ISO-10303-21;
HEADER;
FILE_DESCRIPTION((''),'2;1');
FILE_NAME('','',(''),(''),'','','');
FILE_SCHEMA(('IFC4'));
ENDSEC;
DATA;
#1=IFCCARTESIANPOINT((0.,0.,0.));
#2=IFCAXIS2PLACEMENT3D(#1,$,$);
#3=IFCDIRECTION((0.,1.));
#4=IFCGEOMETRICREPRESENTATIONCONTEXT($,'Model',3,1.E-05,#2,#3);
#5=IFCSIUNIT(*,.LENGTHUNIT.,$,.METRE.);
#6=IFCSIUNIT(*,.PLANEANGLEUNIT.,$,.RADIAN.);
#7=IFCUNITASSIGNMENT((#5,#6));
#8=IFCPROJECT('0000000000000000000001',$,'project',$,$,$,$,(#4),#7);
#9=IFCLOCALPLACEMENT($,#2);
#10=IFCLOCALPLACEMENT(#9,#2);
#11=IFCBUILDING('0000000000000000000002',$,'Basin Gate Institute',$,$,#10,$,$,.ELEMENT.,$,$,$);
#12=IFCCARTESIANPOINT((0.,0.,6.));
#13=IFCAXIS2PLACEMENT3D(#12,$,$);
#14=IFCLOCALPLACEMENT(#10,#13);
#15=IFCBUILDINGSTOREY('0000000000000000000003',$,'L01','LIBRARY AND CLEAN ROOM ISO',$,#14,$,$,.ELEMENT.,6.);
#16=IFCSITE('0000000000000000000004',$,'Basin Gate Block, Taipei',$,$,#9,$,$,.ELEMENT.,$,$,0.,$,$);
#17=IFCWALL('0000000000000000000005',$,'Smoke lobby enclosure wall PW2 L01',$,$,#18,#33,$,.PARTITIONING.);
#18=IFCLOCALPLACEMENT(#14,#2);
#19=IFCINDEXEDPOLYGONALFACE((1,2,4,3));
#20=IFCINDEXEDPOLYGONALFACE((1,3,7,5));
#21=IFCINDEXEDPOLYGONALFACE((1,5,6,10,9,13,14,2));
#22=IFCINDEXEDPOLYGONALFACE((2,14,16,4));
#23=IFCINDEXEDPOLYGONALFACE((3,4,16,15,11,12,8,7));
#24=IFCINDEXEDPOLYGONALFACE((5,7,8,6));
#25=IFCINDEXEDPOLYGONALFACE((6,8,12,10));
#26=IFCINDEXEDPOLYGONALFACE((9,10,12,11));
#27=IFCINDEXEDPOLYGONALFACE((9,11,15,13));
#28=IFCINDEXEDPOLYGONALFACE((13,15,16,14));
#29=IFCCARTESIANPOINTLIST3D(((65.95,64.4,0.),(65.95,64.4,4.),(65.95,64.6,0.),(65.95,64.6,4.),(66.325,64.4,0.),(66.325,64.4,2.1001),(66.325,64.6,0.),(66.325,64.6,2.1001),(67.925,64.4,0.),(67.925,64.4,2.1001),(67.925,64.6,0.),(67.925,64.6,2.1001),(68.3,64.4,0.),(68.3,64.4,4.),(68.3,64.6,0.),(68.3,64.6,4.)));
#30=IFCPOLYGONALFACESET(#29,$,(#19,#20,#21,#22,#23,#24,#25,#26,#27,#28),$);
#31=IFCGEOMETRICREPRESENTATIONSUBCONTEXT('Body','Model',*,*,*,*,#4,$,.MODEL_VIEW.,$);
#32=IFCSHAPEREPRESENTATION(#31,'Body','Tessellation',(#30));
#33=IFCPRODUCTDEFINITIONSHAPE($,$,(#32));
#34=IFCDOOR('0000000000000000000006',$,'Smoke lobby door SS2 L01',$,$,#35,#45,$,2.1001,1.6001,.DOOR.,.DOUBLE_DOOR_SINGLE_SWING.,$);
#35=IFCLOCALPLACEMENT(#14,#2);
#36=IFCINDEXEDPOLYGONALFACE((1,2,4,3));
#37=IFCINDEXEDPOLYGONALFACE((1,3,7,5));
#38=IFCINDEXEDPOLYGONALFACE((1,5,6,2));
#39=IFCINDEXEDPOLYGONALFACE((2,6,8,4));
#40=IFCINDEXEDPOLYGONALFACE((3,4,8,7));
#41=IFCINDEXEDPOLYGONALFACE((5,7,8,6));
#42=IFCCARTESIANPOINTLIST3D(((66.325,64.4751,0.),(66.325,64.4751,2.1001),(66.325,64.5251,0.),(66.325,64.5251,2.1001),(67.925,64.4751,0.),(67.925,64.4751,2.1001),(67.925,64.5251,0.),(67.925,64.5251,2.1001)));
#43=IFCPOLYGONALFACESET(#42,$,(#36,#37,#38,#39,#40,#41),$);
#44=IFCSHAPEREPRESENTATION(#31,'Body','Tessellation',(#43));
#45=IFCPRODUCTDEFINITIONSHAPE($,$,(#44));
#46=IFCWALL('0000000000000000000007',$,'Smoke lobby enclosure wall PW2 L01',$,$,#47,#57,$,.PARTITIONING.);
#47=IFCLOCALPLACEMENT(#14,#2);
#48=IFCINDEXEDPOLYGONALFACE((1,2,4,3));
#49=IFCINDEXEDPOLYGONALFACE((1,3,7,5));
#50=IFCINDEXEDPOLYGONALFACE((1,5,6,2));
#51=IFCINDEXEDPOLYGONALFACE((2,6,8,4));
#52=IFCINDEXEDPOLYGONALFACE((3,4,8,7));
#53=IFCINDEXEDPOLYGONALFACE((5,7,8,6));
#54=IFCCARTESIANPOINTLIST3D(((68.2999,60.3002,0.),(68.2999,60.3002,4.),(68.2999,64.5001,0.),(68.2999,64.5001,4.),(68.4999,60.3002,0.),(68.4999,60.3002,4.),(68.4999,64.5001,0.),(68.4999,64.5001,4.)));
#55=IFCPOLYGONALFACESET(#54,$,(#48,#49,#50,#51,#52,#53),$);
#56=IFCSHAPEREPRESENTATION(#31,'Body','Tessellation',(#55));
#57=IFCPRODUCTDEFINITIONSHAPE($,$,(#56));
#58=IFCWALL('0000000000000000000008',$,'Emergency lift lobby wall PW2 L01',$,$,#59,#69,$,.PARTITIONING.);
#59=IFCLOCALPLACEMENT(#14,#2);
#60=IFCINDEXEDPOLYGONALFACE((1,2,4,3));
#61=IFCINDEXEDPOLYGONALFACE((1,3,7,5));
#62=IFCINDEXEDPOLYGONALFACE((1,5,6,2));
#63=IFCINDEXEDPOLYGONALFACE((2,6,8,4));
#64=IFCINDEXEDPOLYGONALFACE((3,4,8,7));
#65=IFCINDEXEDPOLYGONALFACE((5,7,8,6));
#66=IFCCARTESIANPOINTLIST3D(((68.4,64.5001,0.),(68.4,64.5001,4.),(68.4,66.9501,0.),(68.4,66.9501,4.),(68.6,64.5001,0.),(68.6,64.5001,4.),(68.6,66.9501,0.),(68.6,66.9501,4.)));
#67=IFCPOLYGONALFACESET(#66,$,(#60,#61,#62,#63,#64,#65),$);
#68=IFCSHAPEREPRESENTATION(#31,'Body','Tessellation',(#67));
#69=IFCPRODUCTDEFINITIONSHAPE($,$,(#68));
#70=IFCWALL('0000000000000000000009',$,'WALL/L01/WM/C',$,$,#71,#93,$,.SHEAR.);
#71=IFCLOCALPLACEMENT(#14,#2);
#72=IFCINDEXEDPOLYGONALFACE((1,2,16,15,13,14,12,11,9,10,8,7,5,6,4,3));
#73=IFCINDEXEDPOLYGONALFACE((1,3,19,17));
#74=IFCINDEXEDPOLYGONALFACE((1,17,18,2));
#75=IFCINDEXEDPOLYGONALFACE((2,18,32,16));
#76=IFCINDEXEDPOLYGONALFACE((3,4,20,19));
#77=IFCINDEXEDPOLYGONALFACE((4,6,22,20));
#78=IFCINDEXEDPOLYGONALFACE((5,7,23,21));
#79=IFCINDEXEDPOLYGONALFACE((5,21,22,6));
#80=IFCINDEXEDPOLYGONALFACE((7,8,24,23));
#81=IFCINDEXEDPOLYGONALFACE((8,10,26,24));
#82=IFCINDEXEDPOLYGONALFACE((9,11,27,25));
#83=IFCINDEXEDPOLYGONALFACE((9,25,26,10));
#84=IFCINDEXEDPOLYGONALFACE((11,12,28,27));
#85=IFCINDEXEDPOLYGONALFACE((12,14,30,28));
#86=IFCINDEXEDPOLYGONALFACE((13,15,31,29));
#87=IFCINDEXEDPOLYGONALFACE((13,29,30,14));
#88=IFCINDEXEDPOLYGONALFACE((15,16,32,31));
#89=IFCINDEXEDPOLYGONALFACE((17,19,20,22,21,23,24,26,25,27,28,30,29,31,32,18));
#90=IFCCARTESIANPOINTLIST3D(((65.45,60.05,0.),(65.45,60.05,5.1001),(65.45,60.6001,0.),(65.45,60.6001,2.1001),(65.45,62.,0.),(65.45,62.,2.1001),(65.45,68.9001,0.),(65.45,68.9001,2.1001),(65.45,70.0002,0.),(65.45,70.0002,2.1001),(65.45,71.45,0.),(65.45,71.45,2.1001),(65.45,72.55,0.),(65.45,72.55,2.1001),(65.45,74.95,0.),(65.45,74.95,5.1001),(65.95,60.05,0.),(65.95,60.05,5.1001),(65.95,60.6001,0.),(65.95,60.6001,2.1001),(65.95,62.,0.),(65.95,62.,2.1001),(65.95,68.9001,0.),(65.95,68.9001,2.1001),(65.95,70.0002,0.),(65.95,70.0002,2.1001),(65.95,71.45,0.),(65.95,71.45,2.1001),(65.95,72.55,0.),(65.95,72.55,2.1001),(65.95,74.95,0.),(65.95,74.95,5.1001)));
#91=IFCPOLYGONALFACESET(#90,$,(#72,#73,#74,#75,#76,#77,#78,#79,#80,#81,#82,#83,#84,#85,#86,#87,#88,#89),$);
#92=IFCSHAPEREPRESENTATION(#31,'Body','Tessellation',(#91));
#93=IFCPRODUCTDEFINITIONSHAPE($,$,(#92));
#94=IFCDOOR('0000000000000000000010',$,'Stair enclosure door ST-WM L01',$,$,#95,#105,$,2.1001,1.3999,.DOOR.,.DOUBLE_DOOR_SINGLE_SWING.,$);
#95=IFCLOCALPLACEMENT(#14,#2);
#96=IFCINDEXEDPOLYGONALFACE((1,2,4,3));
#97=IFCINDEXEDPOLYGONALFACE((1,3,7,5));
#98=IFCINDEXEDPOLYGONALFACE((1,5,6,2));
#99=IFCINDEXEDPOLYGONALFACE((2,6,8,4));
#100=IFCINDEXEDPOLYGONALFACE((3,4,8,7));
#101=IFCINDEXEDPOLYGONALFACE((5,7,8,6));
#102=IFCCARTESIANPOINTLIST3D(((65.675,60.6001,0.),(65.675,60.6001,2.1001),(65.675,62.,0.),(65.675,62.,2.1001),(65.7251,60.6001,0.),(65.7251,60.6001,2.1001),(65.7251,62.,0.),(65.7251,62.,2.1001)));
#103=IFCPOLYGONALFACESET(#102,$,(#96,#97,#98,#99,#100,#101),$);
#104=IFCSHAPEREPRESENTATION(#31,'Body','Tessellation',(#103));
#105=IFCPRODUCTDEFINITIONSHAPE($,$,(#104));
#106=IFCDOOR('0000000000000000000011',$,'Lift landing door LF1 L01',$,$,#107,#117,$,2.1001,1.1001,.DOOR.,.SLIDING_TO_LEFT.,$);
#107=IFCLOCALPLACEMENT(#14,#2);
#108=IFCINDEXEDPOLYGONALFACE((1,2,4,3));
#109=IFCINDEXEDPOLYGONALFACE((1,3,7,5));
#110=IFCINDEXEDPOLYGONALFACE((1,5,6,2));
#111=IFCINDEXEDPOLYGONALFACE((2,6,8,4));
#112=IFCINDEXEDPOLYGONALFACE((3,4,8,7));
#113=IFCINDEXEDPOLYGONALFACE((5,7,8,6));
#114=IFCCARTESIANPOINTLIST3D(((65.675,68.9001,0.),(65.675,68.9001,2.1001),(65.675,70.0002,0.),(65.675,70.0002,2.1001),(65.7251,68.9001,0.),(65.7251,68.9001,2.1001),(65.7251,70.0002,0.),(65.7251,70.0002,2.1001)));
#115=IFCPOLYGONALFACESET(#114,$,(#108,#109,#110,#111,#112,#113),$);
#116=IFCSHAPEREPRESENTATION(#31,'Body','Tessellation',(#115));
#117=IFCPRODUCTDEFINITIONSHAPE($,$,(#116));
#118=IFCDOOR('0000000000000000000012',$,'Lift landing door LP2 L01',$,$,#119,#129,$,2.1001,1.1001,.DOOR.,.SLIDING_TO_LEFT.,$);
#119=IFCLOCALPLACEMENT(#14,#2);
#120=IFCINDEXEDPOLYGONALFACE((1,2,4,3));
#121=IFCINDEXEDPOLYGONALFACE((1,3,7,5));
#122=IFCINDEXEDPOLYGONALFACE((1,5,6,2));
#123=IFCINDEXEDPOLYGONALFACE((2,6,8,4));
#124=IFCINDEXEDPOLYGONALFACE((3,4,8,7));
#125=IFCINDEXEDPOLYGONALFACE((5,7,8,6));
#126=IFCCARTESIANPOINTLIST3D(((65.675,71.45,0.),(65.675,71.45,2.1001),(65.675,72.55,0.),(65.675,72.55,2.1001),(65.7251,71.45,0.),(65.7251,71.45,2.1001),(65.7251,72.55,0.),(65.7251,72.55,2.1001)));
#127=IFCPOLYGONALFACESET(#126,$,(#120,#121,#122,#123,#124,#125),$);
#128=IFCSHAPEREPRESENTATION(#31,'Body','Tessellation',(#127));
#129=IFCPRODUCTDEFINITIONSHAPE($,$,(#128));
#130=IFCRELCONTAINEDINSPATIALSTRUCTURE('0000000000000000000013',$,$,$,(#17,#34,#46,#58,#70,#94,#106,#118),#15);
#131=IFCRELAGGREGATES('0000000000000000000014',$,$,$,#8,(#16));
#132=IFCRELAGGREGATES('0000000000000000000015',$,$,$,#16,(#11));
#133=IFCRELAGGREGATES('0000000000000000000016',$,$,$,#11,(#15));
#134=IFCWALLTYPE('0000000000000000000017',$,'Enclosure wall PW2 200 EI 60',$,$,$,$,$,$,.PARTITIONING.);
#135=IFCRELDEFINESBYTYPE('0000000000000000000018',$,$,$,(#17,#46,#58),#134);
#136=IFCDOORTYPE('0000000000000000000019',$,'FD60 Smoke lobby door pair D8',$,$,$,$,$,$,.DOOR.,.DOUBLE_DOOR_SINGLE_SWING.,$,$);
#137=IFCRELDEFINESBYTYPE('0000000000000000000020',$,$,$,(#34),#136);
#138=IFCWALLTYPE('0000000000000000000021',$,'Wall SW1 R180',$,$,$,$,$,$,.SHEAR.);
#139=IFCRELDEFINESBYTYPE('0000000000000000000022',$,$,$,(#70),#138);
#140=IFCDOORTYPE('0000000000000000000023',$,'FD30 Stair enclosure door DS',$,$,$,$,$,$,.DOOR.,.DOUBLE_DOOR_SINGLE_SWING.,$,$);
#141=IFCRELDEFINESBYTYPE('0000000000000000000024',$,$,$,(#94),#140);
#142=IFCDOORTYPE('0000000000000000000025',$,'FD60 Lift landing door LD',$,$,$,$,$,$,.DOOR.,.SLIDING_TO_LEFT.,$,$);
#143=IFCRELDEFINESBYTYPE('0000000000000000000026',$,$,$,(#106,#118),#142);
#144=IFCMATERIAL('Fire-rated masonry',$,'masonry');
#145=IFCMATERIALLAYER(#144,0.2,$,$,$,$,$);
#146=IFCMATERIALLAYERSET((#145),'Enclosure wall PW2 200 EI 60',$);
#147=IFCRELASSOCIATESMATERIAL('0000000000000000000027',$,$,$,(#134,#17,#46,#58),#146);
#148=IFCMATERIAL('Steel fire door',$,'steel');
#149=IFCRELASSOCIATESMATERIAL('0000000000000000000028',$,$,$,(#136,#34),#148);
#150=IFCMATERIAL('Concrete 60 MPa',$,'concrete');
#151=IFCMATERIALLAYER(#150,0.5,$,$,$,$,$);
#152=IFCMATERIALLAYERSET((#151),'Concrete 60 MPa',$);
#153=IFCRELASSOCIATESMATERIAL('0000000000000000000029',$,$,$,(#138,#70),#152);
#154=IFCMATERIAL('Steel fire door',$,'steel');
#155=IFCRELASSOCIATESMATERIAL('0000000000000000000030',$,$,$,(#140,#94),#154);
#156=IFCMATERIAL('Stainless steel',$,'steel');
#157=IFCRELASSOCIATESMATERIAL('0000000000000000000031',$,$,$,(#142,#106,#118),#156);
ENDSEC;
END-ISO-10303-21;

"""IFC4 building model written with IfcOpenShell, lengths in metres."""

from ifc_helpers import new_model, si_unit, direction, frame, frame_2d, origin, place, context, subcontext, project, spatial, rectangle, extrude, material, layer, layer_set, type_object, element, fill, save


model = new_model("IFC4")

# Units and contexts
model_context = context("Model", 3, precision=1e-05, world=origin(), true_north=direction((0.0, 1.0)))
body_context = subcontext(model_context, "Body", "Model", "MODEL_VIEW")
ifc_project = project(units=[si_unit("LENGTHUNIT", "METRE"), si_unit("PLANEANGLEUNIT", "RADIAN")], contexts=[model_context])

# Site, building, storey
site_placement = place(None, origin())
site = spatial("IfcSite", under=ifc_project, at=site_placement, Name="Basin Gate Block, Taipei", CompositionType="ELEMENT", RefElevation=0.0)
building_placement = place(site_placement, origin())
building = spatial("IfcBuilding", under=site, at=building_placement, Name="Basin Gate Institute", CompositionType="ELEMENT")
storey_placement = place(building_placement, frame((0.0, 0.0, 6.0)))
storey = spatial("IfcBuildingStorey", under=building, at=storey_placement, Name="L01", Description="LIBRARY AND CLEAN ROOM ISO", CompositionType="ELEMENT", Elevation=6.0)

# Wall, opening, door
ifc_material_1 = material(Name="Fire-rated masonry", Category="masonry")
ifc_layer_1 = layer(ifc_material_1, 0.2)
ifc_layer_set_1 = layer_set([ifc_layer_1], Name="Enclosure wall PW2 200 EI 60")
wall_type_1 = type_object("IfcWallType", Name="Enclosure wall PW2 200 EI 60", PredefinedType="PARTITIONING", material=ifc_layer_set_1)
ifc_material_2 = material(Name="Steel fire door", Category="steel")
door_type_1 = type_object("IfcDoorType", Name="FD60 Smoke lobby door pair D8", OperationType="DOUBLE_DOOR_SINGLE_SWING", PredefinedType="DOOR", material=ifc_material_2)
wall_1_placement = place(storey_placement, frame((65.95, 64.5, 0.0), z_axis=(0.0, 0.0, 1.0), x_axis=(1.0, 0.0, 0.0)))
wall_1 = element("IfcWall", 1, at=wall_1_placement, inside=storey, type_object=wall_type_1, material=ifc_layer_set_1, Name="Smoke lobby enclosure wall PW2 L01", PredefinedType="PARTITIONING", context=body_context, shape_type="SweptSolid", body=[
    extrude(rectangle(XDim=2.3501, YDim=0.2, at=frame_2d((1.175, 0.0))), origin(), (0.0, 0.0, 1.0), 4.0),
])
opening_1_placement = place(wall_1_placement, frame((0.375, 0.0, 0.0)))
opening_1 = element("IfcOpeningElement", 2, at=opening_1_placement, cuts=wall_1, PredefinedType="OPENING", context=body_context, shape_type="SweptSolid", body=[
    extrude(rectangle(XDim=1.6001, YDim=2.1001, at=frame_2d((0.8, 1.05))), frame((0.0, 0.1099, 0.0), z_axis=(0.0, -1.0, 0.0), x_axis=(1.0, 0.0, 0.0)), (0.0, 0.0, 1.0), 0.22),
])
door_1_placement = place(opening_1_placement, frame((1.6001, 0.0, 0.0), z_axis=(0.0, 0.0, 1.0), x_axis=(-1.0, 0.0, 0.0)))
door_1 = element("IfcDoor", 3, at=door_1_placement, inside=storey, type_object=door_type_1, material=ifc_material_2, Name="Smoke lobby door SS2 L01", OperationType="DOUBLE_DOOR_SINGLE_SWING", OverallHeight=2.1001, OverallWidth=1.6001, PredefinedType="DOOR", context=body_context, shape_type="SweptSolid", body=[
    extrude(rectangle(XDim=1.6001, YDim=2.1001, at=frame_2d((0.8, 1.05))), frame((0.0, 0.0249, 0.0), z_axis=(0.0, -1.0, 0.0), x_axis=(1.0, 0.0, 0.0)), (0.0, 0.0, 1.0), 0.05),
])
fill(opening_1, door_1)

# Walls
wall_2_placement = place(storey_placement, frame((68.3999, 60.3, 0.0), z_axis=(0.0, 0.0, 1.0), x_axis=(0.0, 1.0, 0.0)))
element("IfcWall", 4, at=wall_2_placement, inside=storey, type_object=wall_type_1, material=ifc_layer_set_1, Name="Smoke lobby enclosure wall PW2 L01", PredefinedType="PARTITIONING", context=body_context, shape_type="SweptSolid", body=[
    extrude(rectangle(XDim=4.2, YDim=0.2, at=frame_2d((2.1001, 0.0))), origin(), (0.0, 0.0, 1.0), 4.0),
])
wall_3_placement = place(storey_placement, frame((68.5, 64.5, 0.0), z_axis=(0.0, 0.0, 1.0), x_axis=(0.0, 1.0, 0.0)))
element("IfcWall", 5, at=wall_3_placement, inside=storey, type_object=wall_type_1, material=ifc_layer_set_1, Name="Emergency lift lobby wall PW2 L01", PredefinedType="PARTITIONING", context=body_context, shape_type="SweptSolid", body=[
    extrude(rectangle(XDim=2.45, YDim=0.2, at=frame_2d((1.2251, 0.0))), origin(), (0.0, 0.0, 1.0), 4.0),
])

# Wall, openings, doors
ifc_material_3 = material(Name="Concrete 60 MPa", Category="concrete")
ifc_layer_2 = layer(ifc_material_3, 0.5)
ifc_layer_set_2 = layer_set([ifc_layer_2], Name="Concrete 60 MPa")
wall_type_2 = type_object("IfcWallType", Name="Wall SW1 R180", PredefinedType="SHEAR", material=ifc_layer_set_2)
wall_4_placement = place(storey_placement, frame((65.7, 60.05, 0.0), z_axis=(0.0, 0.0, 1.0), x_axis=(0.0, 1.0, 0.0)))
wall_4 = element("IfcWall", 6, at=wall_4_placement, inside=storey, type_object=wall_type_2, material=ifc_layer_set_2, Name="WALL/L01/WM/C", PredefinedType="SHEAR", context=body_context, shape_type="SweptSolid", body=[
    extrude(rectangle(XDim=14.8999, YDim=0.5, at=frame_2d((7.45, 0.0))), origin(), (0.0, 0.0, 1.0), 5.1001),
])
opening_2_placement = place(wall_4_placement, frame((0.55, 0.0, 0.0)))
opening_2 = element("IfcOpeningElement", 7, at=opening_2_placement, cuts=wall_4, PredefinedType="OPENING", context=body_context, shape_type="SweptSolid", body=[
    extrude(rectangle(XDim=1.3999, YDim=2.1001, at=frame_2d((0.7, 1.05))), frame((0.0, 0.26, 0.0), z_axis=(0.0, -1.0, 0.0), x_axis=(1.0, 0.0, 0.0)), (0.0, 0.0, 1.0), 0.52),
])
opening_3_placement = place(wall_4_placement, frame((8.8501, 0.0, 0.0)))
opening_3 = element("IfcOpeningElement", 8, at=opening_3_placement, cuts=wall_4, PredefinedType="OPENING", context=body_context, shape_type="SweptSolid", body=[
    extrude(rectangle(XDim=1.1001, YDim=2.1001, at=frame_2d((0.55, 1.05))), frame((0.0, 0.26, 0.0), z_axis=(0.0, -1.0, 0.0), x_axis=(1.0, 0.0, 0.0)), (0.0, 0.0, 1.0), 0.52),
])
opening_4_placement = place(wall_4_placement, frame((11.3999, 0.0, 0.0)))
opening_4 = element("IfcOpeningElement", 9, at=opening_4_placement, cuts=wall_4, PredefinedType="OPENING", context=body_context, shape_type="SweptSolid", body=[
    extrude(rectangle(XDim=1.1001, YDim=2.1001, at=frame_2d((0.55, 1.05))), frame((0.0, 0.26, 0.0), z_axis=(0.0, -1.0, 0.0), x_axis=(1.0, 0.0, 0.0)), (0.0, 0.0, 1.0), 0.52),
])
ifc_material_4 = material(Name="Steel fire door", Category="steel")
door_type_2 = type_object("IfcDoorType", Name="FD30 Stair enclosure door DS", OperationType="DOUBLE_DOOR_SINGLE_SWING", PredefinedType="DOOR", material=ifc_material_4)
door_2_placement = place(opening_2_placement, origin())
door_2 = element("IfcDoor", 10, at=door_2_placement, inside=storey, type_object=door_type_2, material=ifc_material_4, Name="Stair enclosure door ST-WM L01", OperationType="DOUBLE_DOOR_SINGLE_SWING", OverallHeight=2.1001, OverallWidth=1.3999, PredefinedType="DOOR", context=body_context, shape_type="SweptSolid", body=[
    extrude(rectangle(XDim=1.3999, YDim=2.1001, at=frame_2d((0.7, 1.05))), frame((0.0, 0.0249, 0.0), z_axis=(0.0, -1.0, 0.0), x_axis=(1.0, 0.0, 0.0)), (0.0, 0.0, 1.0), 0.05),
])
fill(opening_2, door_2)
ifc_material_5 = material(Name="Stainless steel", Category="steel")
door_type_3 = type_object("IfcDoorType", Name="FD60 Lift landing door LD", OperationType="SLIDING_TO_LEFT", PredefinedType="DOOR", material=ifc_material_5)
door_3_placement = place(opening_3_placement, origin())
door_3 = element("IfcDoor", 11, at=door_3_placement, inside=storey, type_object=door_type_3, material=ifc_material_5, Name="Lift landing door LF1 L01", OperationType="SLIDING_TO_LEFT", OverallHeight=2.1001, OverallWidth=1.1001, PredefinedType="DOOR", context=body_context, shape_type="SweptSolid", body=[
    extrude(rectangle(XDim=1.1001, YDim=2.1001, at=frame_2d((0.55, 1.05))), frame((0.0, 0.0249, 0.0), z_axis=(0.0, -1.0, 0.0), x_axis=(1.0, 0.0, 0.0)), (0.0, 0.0, 1.0), 0.05),
])
fill(opening_3, door_3)
door_4_placement = place(opening_4_placement, origin())
door_4 = element("IfcDoor", 12, at=door_4_placement, inside=storey, type_object=door_type_3, material=ifc_material_5, Name="Lift landing door LP2 L01", OperationType="SLIDING_TO_LEFT", OverallHeight=2.1001, OverallWidth=1.1001, PredefinedType="DOOR", context=body_context, shape_type="SweptSolid", body=[
    extrude(rectangle(XDim=1.1001, YDim=2.1001, at=frame_2d((0.55, 1.05))), frame((0.0, 0.0249, 0.0), z_axis=(0.0, -1.0, 0.0), x_axis=(1.0, 0.0, 0.0)), (0.0, 0.0, 1.0), 0.05),
])
fill(opening_4, door_4)

save(model, "model.ifc")
